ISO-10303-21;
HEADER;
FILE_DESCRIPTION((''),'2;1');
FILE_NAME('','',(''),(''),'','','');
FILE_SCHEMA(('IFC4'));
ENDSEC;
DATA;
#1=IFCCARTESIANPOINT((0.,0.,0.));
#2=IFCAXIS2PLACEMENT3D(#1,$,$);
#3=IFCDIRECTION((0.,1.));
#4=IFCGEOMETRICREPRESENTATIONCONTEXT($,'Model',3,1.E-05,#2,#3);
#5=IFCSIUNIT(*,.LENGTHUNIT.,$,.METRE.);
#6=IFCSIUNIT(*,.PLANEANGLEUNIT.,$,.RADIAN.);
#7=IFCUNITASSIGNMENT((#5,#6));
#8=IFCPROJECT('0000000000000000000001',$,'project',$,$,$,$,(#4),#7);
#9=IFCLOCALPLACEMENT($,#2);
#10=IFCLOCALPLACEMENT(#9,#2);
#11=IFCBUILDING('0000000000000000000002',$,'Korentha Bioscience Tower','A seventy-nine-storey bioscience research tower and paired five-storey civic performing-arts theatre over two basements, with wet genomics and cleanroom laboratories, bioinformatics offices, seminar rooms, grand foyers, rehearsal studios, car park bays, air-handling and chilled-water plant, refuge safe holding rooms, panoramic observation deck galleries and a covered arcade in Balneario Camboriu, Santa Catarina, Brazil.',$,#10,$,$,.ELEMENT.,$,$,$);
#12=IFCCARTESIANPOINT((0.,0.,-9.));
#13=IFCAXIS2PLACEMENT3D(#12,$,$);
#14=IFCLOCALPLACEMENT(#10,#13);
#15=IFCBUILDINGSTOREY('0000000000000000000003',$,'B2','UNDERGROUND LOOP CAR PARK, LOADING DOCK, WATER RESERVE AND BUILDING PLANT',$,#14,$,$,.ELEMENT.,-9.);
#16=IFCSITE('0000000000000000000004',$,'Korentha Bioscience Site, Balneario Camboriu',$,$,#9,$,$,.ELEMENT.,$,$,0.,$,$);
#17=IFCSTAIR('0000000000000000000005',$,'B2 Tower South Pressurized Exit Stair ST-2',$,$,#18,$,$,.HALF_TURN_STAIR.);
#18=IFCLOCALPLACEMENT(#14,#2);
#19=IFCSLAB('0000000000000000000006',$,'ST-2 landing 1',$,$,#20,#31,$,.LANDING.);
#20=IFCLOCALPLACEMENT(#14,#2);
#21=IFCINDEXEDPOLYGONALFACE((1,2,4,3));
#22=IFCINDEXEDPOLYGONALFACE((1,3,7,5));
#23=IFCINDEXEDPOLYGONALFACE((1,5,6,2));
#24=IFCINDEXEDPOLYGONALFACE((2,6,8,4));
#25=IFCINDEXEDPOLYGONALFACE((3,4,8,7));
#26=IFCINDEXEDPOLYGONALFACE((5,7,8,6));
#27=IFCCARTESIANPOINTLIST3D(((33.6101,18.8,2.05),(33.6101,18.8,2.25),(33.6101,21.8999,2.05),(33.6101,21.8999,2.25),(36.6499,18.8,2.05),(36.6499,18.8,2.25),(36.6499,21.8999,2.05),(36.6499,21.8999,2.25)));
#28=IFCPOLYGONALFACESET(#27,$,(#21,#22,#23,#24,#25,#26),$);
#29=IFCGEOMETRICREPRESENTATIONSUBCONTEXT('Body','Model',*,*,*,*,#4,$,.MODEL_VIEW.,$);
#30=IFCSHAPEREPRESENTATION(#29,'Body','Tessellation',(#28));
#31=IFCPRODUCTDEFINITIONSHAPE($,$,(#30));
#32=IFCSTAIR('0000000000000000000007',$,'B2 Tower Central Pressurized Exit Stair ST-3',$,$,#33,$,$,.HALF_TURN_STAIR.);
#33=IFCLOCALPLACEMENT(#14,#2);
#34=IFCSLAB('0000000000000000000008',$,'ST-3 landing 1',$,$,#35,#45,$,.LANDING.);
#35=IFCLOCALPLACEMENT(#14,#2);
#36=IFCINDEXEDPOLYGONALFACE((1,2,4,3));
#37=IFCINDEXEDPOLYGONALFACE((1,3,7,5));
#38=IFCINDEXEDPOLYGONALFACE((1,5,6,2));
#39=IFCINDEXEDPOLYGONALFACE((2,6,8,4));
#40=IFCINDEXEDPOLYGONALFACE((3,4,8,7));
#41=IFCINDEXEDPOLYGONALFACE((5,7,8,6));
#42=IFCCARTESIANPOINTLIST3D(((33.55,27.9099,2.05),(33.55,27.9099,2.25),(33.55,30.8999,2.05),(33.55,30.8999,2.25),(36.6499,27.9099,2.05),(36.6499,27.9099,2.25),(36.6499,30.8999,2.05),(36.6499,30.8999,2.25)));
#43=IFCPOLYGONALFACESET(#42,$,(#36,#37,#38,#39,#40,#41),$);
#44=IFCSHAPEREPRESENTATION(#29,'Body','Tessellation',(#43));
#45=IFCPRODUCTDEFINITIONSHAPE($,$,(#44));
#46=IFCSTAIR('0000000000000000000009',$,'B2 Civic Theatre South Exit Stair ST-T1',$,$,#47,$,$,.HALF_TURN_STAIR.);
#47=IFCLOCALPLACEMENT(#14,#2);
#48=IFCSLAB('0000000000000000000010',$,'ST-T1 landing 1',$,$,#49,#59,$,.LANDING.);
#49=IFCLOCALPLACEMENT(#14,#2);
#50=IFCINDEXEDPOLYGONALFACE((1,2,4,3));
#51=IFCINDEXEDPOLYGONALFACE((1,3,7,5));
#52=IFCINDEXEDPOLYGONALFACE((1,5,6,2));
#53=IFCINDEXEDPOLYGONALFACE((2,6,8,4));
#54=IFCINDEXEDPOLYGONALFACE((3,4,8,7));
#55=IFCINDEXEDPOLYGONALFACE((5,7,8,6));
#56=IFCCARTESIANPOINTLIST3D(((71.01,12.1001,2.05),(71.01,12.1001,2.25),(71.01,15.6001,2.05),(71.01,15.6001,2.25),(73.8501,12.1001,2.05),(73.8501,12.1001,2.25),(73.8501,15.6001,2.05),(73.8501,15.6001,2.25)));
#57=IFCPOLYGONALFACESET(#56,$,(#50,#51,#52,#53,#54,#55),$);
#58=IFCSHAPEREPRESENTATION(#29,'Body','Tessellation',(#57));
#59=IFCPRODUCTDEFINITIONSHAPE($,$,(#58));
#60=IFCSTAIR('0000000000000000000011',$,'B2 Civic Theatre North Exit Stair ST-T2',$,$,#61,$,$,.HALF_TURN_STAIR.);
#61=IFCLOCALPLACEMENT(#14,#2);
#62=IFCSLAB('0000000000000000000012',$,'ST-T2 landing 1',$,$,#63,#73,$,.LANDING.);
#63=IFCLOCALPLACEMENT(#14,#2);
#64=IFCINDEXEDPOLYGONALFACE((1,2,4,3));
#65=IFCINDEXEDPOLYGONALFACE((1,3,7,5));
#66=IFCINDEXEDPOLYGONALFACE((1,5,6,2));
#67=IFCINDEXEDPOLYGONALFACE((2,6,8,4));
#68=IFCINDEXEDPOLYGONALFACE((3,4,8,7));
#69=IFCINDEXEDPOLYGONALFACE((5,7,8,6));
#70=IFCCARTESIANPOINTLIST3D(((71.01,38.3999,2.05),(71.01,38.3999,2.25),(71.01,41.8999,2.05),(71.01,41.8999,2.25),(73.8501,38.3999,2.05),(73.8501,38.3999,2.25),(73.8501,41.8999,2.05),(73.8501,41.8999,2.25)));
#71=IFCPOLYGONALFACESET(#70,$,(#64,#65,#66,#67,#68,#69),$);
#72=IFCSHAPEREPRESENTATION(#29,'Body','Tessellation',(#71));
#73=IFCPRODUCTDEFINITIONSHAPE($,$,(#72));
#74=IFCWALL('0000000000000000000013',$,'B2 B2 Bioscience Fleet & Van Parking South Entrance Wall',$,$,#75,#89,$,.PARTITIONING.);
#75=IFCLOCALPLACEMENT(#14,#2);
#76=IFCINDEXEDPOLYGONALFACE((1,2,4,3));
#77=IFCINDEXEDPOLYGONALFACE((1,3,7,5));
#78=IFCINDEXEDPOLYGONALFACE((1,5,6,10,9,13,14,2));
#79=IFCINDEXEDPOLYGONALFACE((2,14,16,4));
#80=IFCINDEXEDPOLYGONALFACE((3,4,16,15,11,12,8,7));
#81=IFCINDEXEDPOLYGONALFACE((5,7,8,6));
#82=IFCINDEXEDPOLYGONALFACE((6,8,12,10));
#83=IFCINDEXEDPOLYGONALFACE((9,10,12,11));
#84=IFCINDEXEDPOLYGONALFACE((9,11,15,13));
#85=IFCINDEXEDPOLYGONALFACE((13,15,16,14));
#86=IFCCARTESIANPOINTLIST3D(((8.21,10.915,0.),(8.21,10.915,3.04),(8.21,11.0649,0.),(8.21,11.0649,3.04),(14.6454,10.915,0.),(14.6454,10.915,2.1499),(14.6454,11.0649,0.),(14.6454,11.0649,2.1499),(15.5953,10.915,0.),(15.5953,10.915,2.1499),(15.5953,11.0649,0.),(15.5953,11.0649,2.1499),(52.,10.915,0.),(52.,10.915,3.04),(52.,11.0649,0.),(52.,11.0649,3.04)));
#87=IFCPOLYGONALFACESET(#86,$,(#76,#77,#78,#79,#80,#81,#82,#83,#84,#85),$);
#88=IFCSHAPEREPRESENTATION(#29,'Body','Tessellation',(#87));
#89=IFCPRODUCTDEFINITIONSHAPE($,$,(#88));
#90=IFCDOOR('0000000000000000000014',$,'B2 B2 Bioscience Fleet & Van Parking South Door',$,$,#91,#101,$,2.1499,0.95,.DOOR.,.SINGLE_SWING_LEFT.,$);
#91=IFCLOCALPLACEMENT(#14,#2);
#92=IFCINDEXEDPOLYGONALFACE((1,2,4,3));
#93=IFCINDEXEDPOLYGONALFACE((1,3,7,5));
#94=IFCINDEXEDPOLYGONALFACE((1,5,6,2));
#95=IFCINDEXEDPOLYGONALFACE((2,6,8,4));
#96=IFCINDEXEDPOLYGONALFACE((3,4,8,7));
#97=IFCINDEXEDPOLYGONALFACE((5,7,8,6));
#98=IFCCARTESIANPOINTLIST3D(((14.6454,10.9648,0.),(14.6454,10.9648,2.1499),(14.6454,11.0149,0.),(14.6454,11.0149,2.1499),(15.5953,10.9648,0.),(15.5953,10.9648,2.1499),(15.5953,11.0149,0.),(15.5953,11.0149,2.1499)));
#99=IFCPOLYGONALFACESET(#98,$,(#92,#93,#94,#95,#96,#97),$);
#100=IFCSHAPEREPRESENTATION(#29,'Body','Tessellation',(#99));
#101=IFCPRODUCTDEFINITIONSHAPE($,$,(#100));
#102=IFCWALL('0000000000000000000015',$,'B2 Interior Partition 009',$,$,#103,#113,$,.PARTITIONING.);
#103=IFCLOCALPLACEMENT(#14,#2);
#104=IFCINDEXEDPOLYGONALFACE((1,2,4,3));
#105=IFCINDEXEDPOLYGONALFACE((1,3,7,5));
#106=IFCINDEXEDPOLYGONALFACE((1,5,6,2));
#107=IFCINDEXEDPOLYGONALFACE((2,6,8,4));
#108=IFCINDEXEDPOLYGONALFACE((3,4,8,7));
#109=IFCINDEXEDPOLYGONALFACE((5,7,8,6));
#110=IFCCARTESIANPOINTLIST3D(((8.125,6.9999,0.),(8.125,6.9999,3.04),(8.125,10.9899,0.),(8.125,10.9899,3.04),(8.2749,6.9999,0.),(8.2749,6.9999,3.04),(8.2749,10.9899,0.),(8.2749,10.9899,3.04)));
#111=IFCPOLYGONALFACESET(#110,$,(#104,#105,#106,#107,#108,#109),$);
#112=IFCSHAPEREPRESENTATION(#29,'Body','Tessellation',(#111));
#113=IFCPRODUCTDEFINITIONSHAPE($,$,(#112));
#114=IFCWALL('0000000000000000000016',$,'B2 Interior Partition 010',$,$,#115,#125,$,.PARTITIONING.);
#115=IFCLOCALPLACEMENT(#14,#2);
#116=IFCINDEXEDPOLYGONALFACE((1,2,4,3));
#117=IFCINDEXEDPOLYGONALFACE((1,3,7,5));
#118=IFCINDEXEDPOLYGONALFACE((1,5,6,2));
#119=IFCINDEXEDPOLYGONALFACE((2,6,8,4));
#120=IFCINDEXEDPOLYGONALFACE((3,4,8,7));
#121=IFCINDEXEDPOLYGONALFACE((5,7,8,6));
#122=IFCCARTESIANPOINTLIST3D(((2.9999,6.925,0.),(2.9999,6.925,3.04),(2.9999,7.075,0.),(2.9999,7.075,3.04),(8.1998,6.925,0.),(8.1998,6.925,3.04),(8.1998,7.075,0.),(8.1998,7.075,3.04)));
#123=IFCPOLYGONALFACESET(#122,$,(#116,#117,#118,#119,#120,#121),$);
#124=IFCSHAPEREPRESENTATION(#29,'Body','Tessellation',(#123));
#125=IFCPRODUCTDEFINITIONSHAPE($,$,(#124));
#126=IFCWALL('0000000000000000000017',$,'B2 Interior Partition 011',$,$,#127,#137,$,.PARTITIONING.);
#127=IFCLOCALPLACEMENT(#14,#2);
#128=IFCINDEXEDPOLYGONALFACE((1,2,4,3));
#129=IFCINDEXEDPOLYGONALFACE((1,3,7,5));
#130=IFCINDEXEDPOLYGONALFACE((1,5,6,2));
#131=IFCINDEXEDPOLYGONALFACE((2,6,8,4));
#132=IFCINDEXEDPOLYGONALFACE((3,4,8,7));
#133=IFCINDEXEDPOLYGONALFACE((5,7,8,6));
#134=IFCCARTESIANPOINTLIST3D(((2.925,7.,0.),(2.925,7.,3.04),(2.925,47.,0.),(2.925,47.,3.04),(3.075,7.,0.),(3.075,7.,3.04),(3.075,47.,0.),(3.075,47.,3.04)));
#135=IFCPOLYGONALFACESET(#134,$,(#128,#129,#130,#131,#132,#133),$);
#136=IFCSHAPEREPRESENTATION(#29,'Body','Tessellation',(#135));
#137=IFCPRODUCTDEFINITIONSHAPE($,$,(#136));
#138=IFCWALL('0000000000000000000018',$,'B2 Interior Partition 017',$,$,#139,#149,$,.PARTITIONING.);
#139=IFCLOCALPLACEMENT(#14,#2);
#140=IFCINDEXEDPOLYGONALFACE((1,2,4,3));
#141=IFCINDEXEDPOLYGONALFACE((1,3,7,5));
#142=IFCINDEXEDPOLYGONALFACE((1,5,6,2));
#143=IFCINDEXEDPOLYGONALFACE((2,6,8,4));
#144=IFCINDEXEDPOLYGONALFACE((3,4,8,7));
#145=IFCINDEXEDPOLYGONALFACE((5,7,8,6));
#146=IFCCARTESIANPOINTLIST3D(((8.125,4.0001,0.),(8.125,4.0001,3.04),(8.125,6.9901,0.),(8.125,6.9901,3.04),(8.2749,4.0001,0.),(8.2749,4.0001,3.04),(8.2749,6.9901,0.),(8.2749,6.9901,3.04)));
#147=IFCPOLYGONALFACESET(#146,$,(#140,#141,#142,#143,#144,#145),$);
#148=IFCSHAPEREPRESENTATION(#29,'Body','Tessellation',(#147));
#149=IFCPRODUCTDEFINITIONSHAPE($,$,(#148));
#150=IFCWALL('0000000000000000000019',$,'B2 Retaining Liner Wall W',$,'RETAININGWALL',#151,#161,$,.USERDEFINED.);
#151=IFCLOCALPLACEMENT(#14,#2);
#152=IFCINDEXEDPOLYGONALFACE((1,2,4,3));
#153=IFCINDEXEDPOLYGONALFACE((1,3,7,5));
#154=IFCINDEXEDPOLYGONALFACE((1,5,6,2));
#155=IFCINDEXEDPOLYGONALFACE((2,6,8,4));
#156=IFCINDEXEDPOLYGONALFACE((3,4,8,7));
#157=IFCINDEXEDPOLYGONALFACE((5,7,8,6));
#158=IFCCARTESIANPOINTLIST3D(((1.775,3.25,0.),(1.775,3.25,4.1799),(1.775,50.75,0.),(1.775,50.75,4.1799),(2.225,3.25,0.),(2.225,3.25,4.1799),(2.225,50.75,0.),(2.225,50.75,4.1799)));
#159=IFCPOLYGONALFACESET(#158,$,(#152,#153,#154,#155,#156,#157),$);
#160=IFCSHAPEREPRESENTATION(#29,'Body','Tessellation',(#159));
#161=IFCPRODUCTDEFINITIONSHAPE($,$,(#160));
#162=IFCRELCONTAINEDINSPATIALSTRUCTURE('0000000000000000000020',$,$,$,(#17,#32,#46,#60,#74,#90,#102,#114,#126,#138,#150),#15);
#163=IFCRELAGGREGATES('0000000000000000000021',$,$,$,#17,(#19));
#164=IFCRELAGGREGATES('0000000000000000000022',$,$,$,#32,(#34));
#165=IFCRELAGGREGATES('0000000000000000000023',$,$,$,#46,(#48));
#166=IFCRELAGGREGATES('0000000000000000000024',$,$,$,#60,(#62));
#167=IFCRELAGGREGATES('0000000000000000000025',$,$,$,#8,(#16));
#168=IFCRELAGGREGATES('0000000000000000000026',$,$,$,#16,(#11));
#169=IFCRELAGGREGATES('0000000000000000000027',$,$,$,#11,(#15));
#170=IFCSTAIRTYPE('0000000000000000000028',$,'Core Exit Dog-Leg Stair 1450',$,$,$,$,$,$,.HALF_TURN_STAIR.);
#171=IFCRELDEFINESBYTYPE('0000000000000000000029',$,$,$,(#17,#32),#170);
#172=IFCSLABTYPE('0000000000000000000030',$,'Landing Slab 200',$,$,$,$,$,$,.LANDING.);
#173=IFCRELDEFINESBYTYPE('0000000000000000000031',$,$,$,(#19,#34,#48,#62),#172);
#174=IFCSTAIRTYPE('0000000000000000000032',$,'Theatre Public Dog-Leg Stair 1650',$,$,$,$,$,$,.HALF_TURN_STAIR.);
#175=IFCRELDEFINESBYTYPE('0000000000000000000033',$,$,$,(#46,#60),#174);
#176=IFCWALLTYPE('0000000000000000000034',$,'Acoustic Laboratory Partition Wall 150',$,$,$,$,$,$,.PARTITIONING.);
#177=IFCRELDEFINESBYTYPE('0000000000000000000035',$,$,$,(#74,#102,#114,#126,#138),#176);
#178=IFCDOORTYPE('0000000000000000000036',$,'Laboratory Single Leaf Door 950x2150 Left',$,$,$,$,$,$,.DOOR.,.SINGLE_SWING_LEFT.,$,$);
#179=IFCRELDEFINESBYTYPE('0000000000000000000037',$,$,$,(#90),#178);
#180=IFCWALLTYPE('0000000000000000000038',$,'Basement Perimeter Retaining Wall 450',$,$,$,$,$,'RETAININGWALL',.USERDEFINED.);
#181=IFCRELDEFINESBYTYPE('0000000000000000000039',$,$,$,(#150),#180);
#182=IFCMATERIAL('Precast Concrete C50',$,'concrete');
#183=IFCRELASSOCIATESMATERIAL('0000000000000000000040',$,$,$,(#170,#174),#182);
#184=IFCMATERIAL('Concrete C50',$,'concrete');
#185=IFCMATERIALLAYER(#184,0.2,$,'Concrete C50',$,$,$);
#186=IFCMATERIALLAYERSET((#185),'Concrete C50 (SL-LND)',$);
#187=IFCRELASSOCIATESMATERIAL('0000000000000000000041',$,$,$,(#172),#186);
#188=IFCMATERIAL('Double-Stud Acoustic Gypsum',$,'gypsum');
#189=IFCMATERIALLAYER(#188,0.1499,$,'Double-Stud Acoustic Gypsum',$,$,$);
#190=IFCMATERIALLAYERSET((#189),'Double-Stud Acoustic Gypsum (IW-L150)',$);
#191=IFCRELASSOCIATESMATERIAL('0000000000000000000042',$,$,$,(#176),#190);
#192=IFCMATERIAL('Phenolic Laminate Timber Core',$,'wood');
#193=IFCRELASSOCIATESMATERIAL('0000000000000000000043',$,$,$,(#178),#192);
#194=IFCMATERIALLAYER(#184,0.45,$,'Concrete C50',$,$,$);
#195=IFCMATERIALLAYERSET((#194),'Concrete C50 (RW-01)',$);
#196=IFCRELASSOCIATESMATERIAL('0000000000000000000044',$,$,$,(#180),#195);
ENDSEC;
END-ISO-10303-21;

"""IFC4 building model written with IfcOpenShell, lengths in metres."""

from ifc_helpers import new_model, si_unit, direction, frame, frame_2d, origin, place, context, subcontext, project, spatial, polyline, rectangle, outline, extrude, material, layer, layer_set, type_object, element, fill, aggregate, save


model = new_model("IFC4")

# Units and contexts
model_context = context("Model", 3, precision=1e-05, world=origin(), true_north=direction((0.0, 1.0)))
body_context = subcontext(model_context, "Body", "Model", "MODEL_VIEW")
ifc_project = project(units=[si_unit("LENGTHUNIT", "METRE"), si_unit("PLANEANGLEUNIT", "RADIAN")], contexts=[model_context])

# Site, building, storey
site_placement = place(None, origin())
site = spatial("IfcSite", under=ifc_project, at=site_placement, Name="Korentha Bioscience Site, Balneario Camboriu", CompositionType="ELEMENT", RefElevation=0.0)
building_placement = place(site_placement, origin())
building = spatial("IfcBuilding", under=site, at=building_placement, Name="Korentha Bioscience Tower", Description="A seventy-nine-storey bioscience research tower and paired five-storey civic performing-arts theatre over two basements, with wet genomics and cleanroom laboratories, bioinformatics offices, seminar rooms, grand foyers, rehearsal studios, car park bays, air-handling and chilled-water plant, refuge safe holding rooms, panoramic observation deck galleries and a covered arcade in Balneario Camboriu, Santa Catarina, Brazil.", CompositionType="ELEMENT")
storey_placement = place(building_placement, frame((0.0, 0.0, -9.0)))
storey = spatial("IfcBuildingStorey", under=building, at=storey_placement, Name="B2", Description="UNDERGROUND LOOP CAR PARK, LOADING DOCK, WATER RESERVE AND BUILDING PLANT", CompositionType="ELEMENT", Elevation=-9.0)

# Shared definitions
ifc_material_1 = material(Name="Concrete C50", Category="concrete")

# Stairs, slabs
ifc_material_2 = material(Name="Precast Concrete C50", Category="concrete")
stair_type_1 = type_object("IfcStairType", Name="Core Exit Dog-Leg Stair 1450", PredefinedType="HALF_TURN_STAIR", material=ifc_material_2)
ifc_layer_1 = layer(ifc_material_1, 0.2, Name="Concrete C50")
ifc_layer_set_1 = layer_set([ifc_layer_1], Name="Concrete C50 (SL-LND)")
slab_type = type_object("IfcSlabType", Name="Landing Slab 200", PredefinedType="LANDING", material=ifc_layer_set_1)
stair_1_placement = place(storey_placement, origin())
stair_1 = element("IfcStair", 1, at=stair_1_placement, inside=storey, type_object=stair_type_1, Name="B2 Tower South Pressurized Exit Stair ST-2", PredefinedType="HALF_TURN_STAIR")
slab_1_placement = place(storey_placement, frame((0.0, 0.0, 2.05)))
slab_1 = element("IfcSlab", 2, at=slab_1_placement, type_object=slab_type, Name="ST-2 landing 1", PredefinedType="LANDING", context=body_context, shape_type="SweptSolid", body=[
    extrude(outline(polyline([(33.6101, 18.8), (36.6499, 18.8), (36.6499, 21.8999), (33.6101, 21.8999), (33.6101, 18.8)])), origin(), (0.0, 0.0, 1.0), 0.2),
])
aggregate(stair_1, [slab_1])
stair_2_placement = place(storey_placement, origin())
stair_2 = element("IfcStair", 3, at=stair_2_placement, inside=storey, type_object=stair_type_1, Name="B2 Tower Central Pressurized Exit Stair ST-3", PredefinedType="HALF_TURN_STAIR")
slab_2_placement = place(storey_placement, frame((0.0, 0.0, 2.05)))
slab_2 = element("IfcSlab", 4, at=slab_2_placement, type_object=slab_type, Name="ST-3 landing 1", PredefinedType="LANDING", context=body_context, shape_type="SweptSolid", body=[
    extrude(outline(polyline([(36.6499, 27.9099), (36.6499, 30.8999), (33.55, 30.8999), (33.55, 27.9099), (36.6499, 27.9099)])), origin(), (0.0, 0.0, 1.0), 0.2),
])
aggregate(stair_2, [slab_2])
stair_type_2 = type_object("IfcStairType", Name="Theatre Public Dog-Leg Stair 1650", PredefinedType="HALF_TURN_STAIR", material=ifc_material_2)
stair_3_placement = place(storey_placement, origin())
stair_3 = element("IfcStair", 5, at=stair_3_placement, inside=storey, type_object=stair_type_2, Name="B2 Civic Theatre South Exit Stair ST-T1", PredefinedType="HALF_TURN_STAIR")
slab_3_placement = place(storey_placement, frame((0.0, 0.0, 2.05)))
slab_3 = element("IfcSlab", 6, at=slab_3_placement, type_object=slab_type, Name="ST-T1 landing 1", PredefinedType="LANDING", context=body_context, shape_type="SweptSolid", body=[
    extrude(outline(polyline([(71.01, 12.1001), (73.8501, 12.1001), (73.8501, 15.6001), (71.01, 15.6001), (71.01, 12.1001)])), origin(), (0.0, 0.0, 1.0), 0.2),
])
aggregate(stair_3, [slab_3])
stair_4_placement = place(storey_placement, origin())
stair_4 = element("IfcStair", 7, at=stair_4_placement, inside=storey, type_object=stair_type_2, Name="B2 Civic Theatre North Exit Stair ST-T2", PredefinedType="HALF_TURN_STAIR")
slab_4_placement = place(storey_placement, frame((0.0, 0.0, 2.05)))
slab_4 = element("IfcSlab", 8, at=slab_4_placement, type_object=slab_type, Name="ST-T2 landing 1", PredefinedType="LANDING", context=body_context, shape_type="SweptSolid", body=[
    extrude(outline(polyline([(71.01, 38.3999), (73.8501, 38.3999), (73.8501, 41.8999), (71.01, 41.8999), (71.01, 38.3999)])), origin(), (0.0, 0.0, 1.0), 0.2),
])
aggregate(stair_4, [slab_4])

# Wall, opening, door
ifc_material_3 = material(Name="Double-Stud Acoustic Gypsum", Category="gypsum")
ifc_layer_2 = layer(ifc_material_3, 0.1499, Name="Double-Stud Acoustic Gypsum")
ifc_layer_set_2 = layer_set([ifc_layer_2], Name="Double-Stud Acoustic Gypsum (IW-L150)")
wall_type_1 = type_object("IfcWallType", Name="Acoustic Laboratory Partition Wall 150", PredefinedType="PARTITIONING", material=ifc_layer_set_2)
wall_1_placement = place(storey_placement, frame((8.21, 10.99, 0.0), z_axis=(0.0, 0.0, 1.0), x_axis=(1.0, 0.0, 0.0)))
wall_1 = element("IfcWall", 9, at=wall_1_placement, inside=storey, type_object=wall_type_1, Name="B2 B2 Bioscience Fleet & Van Parking South Entrance Wall", PredefinedType="PARTITIONING", context=body_context, shape_type="SweptSolid", body=[
    extrude(rectangle(XDim=43.79, YDim=0.1499, at=frame_2d((21.895, 0.0))), origin(), (0.0, 0.0, 1.0), 3.04),
])
opening_placement = place(wall_1_placement, frame((6.4353, 0.0, 0.0)))
opening = element("IfcOpeningElement", 10, at=opening_placement, cuts=wall_1, PredefinedType="OPENING", context=body_context, shape_type="SweptSolid", body=[
    extrude(rectangle(XDim=0.95, YDim=2.1499, at=frame_2d((0.4751, 1.075))), frame((0.0, 0.0898, 0.0), z_axis=(0.0, -1.0, 0.0), x_axis=(1.0, 0.0, 0.0)), (0.0, 0.0, 1.0), 0.1797),
])
ifc_material_4 = material(Name="Phenolic Laminate Timber Core", Category="wood")
door_type = type_object("IfcDoorType", Name="Laboratory Single Leaf Door 950x2150 Left", OperationType="SINGLE_SWING_LEFT", PredefinedType="DOOR", material=ifc_material_4)
door_placement = place(opening_placement, origin())
door = element("IfcDoor", 11, at=door_placement, inside=storey, type_object=door_type, Name="B2 B2 Bioscience Fleet & Van Parking South Door", OperationType="SINGLE_SWING_LEFT", OverallHeight=2.1499, OverallWidth=0.95, PredefinedType="DOOR", context=body_context, shape_type="SweptSolid", body=[
    extrude(rectangle(XDim=0.95, YDim=2.1499, at=frame_2d((0.4751, 1.075))), frame((0.0, 0.0249, 0.0), z_axis=(0.0, -1.0, 0.0), x_axis=(1.0, 0.0, 0.0)), (0.0, 0.0, 1.0), 0.05),
])
fill(opening, door)

# Walls
wall_2_placement = place(storey_placement, frame((8.2, 10.99, 0.0), z_axis=(0.0, 0.0, 1.0), x_axis=(0.0, -1.0, 0.0)))
element("IfcWall", 12, at=wall_2_placement, inside=storey, type_object=wall_type_1, Name="B2 Interior Partition 009", PredefinedType="PARTITIONING", context=body_context, shape_type="SweptSolid", body=[
    extrude(rectangle(XDim=3.99, YDim=0.1499, at=frame_2d((1.9951, 0.0))), origin(), (0.0, 0.0, 1.0), 3.04),
])
wall_3_placement = place(storey_placement, frame((8.2, 7.0, 0.0), z_axis=(0.0, 0.0, 1.0), x_axis=(-1.0, 0.0, 0.0)))
element("IfcWall", 13, at=wall_3_placement, inside=storey, type_object=wall_type_1, Name="B2 Interior Partition 010", PredefinedType="PARTITIONING", context=body_context, shape_type="SweptSolid", body=[
    extrude(rectangle(XDim=5.2, YDim=0.1499, at=frame_2d((2.6001, 0.0))), origin(), (0.0, 0.0, 1.0), 3.04),
])
wall_4_placement = place(storey_placement, frame((3.0, 7.0, 0.0), z_axis=(0.0, 0.0, 1.0), x_axis=(0.0, 1.0, 0.0)))
element("IfcWall", 14, at=wall_4_placement, inside=storey, type_object=wall_type_1, Name="B2 Interior Partition 011", PredefinedType="PARTITIONING", context=body_context, shape_type="SweptSolid", body=[
    extrude(rectangle(XDim=40.0, YDim=0.1499, at=frame_2d((20.0, 0.0))), origin(), (0.0, 0.0, 1.0), 3.04),
])
wall_5_placement = place(storey_placement, frame((8.2, 4.0, 0.0), z_axis=(0.0, 0.0, 1.0), x_axis=(0.0, 1.0, 0.0)))
element("IfcWall", 15, at=wall_5_placement, inside=storey, type_object=wall_type_1, Name="B2 Interior Partition 017", PredefinedType="PARTITIONING", context=body_context, shape_type="SweptSolid", body=[
    extrude(rectangle(XDim=2.99, YDim=0.1499, at=frame_2d((1.4951, 0.0))), origin(), (0.0, 0.0, 1.0), 3.04),
])
ifc_layer_3 = layer(ifc_material_1, 0.45, Name="Concrete C50")
ifc_layer_set_3 = layer_set([ifc_layer_3], Name="Concrete C50 (RW-01)")
wall_type_2 = type_object("IfcWallType", Name="Basement Perimeter Retaining Wall 450", ElementType="RETAININGWALL", PredefinedType="USERDEFINED", material=ifc_layer_set_3)
wall_6_placement = place(storey_placement, frame((2.0, 3.25, 0.0), z_axis=(0.0, 0.0, 1.0), x_axis=(0.0, 1.0, 0.0)))
element("IfcWall", 16, at=wall_6_placement, inside=storey, type_object=wall_type_2, Name="B2 Retaining Liner Wall W", ObjectType="RETAININGWALL", PredefinedType="USERDEFINED", context=body_context, shape_type="SweptSolid", body=[
    extrude(rectangle(XDim=47.5, YDim=0.45, at=frame_2d((23.75, 0.0))), origin(), (0.0, 0.0, 1.0), 4.1799),
])

save(model, "model.ifc")
